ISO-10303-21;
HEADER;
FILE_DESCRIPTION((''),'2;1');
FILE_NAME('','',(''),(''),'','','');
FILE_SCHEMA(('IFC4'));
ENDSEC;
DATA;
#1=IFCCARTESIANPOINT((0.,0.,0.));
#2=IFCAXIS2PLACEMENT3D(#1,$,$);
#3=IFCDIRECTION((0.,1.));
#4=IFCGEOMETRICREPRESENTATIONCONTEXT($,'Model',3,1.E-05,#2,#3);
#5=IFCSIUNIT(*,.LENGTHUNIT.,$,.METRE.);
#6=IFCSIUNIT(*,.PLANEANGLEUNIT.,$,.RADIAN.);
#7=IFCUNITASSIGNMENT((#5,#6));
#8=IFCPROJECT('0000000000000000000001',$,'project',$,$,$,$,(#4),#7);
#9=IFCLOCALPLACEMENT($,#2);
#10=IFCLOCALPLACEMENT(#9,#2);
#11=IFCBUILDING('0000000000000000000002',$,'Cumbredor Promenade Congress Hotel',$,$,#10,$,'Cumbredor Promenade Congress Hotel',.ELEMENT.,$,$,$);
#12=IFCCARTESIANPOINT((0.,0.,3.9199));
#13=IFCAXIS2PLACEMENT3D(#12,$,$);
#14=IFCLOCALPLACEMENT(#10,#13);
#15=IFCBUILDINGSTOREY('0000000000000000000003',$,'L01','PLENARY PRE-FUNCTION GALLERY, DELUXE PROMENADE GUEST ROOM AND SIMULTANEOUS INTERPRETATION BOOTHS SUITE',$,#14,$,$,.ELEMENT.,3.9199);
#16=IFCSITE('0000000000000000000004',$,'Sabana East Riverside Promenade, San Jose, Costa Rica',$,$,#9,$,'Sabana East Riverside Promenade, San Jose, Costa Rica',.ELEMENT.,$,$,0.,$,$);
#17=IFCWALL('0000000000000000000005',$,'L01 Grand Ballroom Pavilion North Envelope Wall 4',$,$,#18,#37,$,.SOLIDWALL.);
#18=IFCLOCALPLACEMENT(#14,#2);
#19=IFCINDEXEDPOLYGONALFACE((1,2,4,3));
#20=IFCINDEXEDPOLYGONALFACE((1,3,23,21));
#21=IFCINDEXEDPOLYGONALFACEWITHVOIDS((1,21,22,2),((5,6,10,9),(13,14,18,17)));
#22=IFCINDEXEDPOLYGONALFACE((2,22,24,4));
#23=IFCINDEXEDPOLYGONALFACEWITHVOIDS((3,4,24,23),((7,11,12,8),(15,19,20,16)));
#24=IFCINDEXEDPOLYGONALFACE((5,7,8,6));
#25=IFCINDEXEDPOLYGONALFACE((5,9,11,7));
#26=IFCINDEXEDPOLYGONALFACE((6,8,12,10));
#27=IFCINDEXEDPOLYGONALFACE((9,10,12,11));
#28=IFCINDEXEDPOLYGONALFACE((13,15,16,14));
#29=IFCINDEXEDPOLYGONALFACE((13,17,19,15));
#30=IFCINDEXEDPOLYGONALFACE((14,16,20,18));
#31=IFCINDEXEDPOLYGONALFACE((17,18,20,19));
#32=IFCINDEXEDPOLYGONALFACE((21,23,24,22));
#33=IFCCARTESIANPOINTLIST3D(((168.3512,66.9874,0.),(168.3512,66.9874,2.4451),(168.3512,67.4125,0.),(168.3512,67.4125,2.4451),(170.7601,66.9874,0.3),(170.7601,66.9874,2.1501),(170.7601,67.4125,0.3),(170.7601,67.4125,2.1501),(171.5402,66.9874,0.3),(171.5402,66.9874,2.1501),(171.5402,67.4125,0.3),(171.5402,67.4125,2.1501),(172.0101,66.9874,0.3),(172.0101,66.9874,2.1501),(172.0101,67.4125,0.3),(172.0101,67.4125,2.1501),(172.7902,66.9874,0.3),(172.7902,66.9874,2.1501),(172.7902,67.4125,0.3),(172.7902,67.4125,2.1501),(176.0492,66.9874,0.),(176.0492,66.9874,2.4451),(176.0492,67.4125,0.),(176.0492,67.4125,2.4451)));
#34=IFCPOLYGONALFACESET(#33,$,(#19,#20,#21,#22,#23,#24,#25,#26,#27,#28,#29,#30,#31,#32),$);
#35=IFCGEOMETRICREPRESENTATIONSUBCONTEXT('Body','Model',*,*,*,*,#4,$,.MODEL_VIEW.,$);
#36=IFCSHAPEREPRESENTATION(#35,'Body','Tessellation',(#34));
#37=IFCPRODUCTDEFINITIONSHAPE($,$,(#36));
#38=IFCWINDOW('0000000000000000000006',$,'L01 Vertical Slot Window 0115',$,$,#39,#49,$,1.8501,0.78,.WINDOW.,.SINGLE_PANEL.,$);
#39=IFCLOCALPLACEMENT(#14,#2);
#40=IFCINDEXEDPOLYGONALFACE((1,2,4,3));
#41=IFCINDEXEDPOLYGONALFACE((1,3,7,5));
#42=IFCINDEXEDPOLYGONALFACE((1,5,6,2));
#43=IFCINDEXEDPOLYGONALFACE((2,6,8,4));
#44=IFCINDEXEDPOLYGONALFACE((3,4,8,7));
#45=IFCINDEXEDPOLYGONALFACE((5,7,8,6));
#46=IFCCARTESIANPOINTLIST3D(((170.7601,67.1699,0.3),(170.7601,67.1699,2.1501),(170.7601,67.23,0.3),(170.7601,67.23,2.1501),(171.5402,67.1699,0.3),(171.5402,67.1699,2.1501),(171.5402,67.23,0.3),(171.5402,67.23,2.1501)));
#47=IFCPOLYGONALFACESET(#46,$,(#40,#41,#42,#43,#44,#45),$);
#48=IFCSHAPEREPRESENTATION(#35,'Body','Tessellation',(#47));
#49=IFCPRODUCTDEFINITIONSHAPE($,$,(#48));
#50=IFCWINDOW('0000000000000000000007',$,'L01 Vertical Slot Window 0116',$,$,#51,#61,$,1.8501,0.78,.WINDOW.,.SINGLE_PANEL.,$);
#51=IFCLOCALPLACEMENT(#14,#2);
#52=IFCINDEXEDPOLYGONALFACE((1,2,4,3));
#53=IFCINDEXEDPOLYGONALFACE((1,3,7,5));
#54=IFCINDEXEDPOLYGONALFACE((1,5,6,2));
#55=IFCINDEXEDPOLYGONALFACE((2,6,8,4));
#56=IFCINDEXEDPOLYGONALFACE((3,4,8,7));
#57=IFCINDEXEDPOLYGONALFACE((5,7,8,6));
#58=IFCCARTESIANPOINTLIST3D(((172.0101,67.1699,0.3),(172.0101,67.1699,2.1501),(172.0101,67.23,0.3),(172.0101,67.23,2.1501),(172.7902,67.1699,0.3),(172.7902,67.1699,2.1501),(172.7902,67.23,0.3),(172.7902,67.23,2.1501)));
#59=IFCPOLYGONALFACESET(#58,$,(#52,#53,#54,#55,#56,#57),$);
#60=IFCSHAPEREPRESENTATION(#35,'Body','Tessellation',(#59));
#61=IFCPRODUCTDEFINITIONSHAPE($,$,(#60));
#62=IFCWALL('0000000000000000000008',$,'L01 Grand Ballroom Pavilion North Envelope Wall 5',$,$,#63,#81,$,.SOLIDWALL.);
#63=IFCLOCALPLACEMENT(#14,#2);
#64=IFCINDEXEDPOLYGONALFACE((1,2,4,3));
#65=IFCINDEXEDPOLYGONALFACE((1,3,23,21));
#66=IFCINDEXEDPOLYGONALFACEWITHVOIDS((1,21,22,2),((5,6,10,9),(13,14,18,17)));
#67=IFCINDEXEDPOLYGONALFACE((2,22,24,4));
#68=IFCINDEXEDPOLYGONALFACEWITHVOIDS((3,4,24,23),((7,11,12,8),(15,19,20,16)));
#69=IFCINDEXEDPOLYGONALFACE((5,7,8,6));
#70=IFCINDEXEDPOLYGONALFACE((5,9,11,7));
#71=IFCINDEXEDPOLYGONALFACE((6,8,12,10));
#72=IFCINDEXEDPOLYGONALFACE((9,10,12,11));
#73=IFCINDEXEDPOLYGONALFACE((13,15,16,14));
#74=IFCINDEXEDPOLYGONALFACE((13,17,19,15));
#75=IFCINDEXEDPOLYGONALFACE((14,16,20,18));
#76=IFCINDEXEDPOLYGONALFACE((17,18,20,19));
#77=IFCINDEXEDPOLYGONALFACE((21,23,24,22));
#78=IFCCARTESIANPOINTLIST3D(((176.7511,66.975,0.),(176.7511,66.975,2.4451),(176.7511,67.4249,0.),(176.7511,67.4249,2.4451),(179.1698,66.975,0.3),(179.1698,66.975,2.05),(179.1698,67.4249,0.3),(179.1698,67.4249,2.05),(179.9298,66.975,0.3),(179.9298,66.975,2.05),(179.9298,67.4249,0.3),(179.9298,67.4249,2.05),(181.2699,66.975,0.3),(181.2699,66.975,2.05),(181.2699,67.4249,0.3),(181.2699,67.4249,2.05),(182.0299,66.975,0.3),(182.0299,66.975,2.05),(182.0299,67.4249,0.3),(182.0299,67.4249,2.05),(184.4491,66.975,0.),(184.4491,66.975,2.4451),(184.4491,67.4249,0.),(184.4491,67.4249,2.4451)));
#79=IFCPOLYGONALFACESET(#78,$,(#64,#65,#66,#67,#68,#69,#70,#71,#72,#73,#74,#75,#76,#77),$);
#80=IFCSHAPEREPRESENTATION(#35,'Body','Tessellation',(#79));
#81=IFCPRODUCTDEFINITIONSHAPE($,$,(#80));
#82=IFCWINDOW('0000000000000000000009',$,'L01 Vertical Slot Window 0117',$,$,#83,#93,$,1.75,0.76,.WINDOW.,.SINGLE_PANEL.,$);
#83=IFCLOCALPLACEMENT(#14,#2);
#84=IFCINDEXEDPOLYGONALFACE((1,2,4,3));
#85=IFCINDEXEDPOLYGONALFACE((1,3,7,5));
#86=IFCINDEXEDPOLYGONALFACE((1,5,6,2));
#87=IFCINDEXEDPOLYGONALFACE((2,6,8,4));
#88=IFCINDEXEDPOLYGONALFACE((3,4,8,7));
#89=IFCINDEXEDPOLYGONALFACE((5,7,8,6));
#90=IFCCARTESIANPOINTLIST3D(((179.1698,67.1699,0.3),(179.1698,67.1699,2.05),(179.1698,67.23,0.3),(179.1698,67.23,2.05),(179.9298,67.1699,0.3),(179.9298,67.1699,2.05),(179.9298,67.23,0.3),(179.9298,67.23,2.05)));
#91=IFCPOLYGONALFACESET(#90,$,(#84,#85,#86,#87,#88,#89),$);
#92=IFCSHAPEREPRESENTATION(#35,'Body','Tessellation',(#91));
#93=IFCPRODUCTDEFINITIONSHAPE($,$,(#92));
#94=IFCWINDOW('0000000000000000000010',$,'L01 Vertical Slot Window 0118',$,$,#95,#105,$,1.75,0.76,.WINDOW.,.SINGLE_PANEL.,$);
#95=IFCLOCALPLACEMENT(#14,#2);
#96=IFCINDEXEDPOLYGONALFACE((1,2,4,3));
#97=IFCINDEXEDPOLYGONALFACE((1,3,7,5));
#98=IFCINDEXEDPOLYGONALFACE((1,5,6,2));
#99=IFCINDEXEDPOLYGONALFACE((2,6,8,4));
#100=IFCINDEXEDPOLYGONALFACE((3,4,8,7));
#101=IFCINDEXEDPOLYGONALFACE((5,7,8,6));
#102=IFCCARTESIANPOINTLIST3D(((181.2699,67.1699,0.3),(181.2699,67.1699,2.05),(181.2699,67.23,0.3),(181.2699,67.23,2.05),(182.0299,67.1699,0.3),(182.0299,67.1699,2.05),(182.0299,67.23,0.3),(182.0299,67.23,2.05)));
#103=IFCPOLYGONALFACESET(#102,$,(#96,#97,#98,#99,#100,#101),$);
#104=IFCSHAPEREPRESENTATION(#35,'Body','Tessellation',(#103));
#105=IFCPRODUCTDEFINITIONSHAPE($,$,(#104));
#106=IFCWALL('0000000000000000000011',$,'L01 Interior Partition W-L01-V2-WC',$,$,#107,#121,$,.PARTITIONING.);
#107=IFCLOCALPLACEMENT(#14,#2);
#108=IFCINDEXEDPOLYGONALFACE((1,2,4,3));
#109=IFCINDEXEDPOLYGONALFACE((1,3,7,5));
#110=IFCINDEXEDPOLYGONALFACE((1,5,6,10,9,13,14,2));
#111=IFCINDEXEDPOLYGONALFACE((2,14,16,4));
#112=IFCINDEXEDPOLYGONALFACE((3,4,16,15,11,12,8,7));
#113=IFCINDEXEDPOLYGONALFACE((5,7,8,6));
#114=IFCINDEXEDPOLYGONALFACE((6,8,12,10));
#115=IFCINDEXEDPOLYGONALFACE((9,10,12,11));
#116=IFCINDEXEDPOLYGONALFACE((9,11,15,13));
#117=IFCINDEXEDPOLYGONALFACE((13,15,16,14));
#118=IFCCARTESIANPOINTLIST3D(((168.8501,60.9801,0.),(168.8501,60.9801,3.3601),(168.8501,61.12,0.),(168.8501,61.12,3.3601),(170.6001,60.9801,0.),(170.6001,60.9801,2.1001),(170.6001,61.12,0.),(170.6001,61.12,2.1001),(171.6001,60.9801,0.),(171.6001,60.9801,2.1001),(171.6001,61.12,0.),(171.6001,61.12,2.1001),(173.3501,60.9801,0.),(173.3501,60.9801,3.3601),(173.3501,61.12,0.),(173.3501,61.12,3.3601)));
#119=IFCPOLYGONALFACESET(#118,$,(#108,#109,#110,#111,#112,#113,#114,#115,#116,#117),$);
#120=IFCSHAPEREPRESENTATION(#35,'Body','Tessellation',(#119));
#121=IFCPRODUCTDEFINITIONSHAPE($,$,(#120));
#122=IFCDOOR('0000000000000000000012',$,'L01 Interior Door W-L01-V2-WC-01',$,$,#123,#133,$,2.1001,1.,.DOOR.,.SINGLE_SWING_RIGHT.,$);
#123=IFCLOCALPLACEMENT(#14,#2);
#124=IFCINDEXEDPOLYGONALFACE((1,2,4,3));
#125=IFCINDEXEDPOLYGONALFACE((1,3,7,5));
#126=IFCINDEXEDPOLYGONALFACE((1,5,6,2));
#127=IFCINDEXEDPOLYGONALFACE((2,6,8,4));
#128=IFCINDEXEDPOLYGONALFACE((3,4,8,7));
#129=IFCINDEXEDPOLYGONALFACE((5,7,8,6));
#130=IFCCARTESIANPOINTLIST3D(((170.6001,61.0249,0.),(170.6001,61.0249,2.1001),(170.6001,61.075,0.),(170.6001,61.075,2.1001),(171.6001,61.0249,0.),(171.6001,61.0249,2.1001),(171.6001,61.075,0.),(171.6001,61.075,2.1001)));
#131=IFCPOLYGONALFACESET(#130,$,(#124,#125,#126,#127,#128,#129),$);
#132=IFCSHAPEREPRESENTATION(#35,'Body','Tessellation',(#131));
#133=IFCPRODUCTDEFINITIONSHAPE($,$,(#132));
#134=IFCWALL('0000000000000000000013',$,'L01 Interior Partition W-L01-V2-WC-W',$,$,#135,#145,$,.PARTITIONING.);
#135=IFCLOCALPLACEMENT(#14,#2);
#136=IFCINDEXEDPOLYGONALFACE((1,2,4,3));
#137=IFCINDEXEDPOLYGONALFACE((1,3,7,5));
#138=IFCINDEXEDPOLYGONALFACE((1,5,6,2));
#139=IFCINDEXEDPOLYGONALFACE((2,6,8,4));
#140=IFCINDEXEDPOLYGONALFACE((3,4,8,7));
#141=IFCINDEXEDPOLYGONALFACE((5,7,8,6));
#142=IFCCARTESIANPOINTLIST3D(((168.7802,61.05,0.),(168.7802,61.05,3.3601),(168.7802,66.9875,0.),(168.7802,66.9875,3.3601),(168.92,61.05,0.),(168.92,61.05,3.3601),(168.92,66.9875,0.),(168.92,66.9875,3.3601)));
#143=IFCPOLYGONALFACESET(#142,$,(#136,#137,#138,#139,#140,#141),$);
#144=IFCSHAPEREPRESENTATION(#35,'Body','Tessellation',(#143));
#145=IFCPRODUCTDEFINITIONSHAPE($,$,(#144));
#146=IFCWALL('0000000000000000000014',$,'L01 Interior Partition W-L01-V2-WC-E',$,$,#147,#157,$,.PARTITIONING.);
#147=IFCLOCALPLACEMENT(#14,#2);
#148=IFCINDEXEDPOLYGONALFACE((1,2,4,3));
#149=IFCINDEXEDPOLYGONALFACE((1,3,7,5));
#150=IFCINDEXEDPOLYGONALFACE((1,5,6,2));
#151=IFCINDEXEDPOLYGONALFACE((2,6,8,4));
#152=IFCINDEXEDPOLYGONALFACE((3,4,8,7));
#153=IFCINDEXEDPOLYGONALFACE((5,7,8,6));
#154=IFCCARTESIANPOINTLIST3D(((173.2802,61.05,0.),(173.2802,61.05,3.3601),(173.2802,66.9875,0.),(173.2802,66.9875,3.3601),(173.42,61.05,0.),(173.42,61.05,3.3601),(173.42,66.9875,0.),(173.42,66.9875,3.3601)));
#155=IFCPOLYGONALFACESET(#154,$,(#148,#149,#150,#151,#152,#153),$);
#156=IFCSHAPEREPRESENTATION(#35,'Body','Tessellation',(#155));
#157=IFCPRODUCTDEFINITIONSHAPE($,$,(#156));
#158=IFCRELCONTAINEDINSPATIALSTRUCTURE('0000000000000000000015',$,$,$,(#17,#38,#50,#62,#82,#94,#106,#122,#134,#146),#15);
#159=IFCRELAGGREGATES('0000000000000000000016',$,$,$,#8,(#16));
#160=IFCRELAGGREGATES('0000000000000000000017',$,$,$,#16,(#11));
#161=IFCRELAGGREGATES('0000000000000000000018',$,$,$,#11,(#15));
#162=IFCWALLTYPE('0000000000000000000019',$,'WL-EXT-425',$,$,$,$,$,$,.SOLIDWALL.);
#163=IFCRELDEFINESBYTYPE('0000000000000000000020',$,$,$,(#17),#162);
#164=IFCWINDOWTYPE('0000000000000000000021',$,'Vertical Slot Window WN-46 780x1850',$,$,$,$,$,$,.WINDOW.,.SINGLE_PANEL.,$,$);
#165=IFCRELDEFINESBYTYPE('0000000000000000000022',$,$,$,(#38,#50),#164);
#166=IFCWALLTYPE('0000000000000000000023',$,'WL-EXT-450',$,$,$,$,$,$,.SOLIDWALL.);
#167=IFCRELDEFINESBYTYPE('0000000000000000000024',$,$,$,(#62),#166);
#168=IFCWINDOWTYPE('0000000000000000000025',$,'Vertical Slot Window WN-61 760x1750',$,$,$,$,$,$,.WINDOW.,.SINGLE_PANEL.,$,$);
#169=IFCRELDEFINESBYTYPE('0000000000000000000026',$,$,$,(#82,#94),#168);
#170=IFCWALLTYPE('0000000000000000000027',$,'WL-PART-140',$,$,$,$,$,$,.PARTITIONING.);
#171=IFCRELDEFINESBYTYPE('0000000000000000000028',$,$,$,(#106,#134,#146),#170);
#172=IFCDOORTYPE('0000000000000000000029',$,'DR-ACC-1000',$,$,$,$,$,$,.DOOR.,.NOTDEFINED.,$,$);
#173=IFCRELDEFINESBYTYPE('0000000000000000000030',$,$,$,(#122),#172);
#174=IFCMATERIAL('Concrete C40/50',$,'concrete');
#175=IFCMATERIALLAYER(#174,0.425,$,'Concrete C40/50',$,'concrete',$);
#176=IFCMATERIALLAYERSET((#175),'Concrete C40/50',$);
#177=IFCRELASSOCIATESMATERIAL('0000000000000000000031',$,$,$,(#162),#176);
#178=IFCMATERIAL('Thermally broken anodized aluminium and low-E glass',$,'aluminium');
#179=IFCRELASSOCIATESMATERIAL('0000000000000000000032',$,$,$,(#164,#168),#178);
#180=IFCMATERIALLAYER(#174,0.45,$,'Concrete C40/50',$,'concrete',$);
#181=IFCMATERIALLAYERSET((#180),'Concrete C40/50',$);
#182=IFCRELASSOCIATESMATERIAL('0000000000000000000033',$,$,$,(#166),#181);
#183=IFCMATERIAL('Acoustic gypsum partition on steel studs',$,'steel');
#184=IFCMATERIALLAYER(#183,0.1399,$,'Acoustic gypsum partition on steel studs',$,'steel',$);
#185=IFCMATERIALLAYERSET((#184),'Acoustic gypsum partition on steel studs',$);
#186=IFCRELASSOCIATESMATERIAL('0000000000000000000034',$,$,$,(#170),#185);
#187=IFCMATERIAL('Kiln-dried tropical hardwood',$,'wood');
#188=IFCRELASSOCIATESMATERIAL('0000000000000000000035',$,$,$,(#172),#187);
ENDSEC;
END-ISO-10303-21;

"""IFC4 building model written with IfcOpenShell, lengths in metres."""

from ifc_helpers import new_model, si_unit, direction, frame, frame_2d, origin, place, context, subcontext, project, spatial, rectangle, extrude, material, layer, layer_set, type_object, element, fill, save


model = new_model("IFC4")

# Units and contexts
model_context = context("Model", 3, precision=1e-05, world=origin(), true_north=direction((0.0, 1.0)))
body_context = subcontext(model_context, "Body", "Model", "MODEL_VIEW")
ifc_project = project(units=[si_unit("LENGTHUNIT", "METRE"), si_unit("PLANEANGLEUNIT", "RADIAN")], contexts=[model_context])

# Site, building, storey
site_placement = place(None, origin())
site = spatial("IfcSite", under=ifc_project, at=site_placement, Name="Sabana East Riverside Promenade, San Jose, Costa Rica", LongName="Sabana East Riverside Promenade, San Jose, Costa Rica", CompositionType="ELEMENT", RefElevation=0.0)
building_placement = place(site_placement, origin())
building = spatial("IfcBuilding", under=site, at=building_placement, Name="Cumbredor Promenade Congress Hotel", LongName="Cumbredor Promenade Congress Hotel", CompositionType="ELEMENT")
storey_placement = place(building_placement, frame((0.0, 0.0, 3.9199)))
storey = spatial("IfcBuildingStorey", under=building, at=storey_placement, Name="L01", Description="PLENARY PRE-FUNCTION GALLERY, DELUXE PROMENADE GUEST ROOM AND SIMULTANEOUS INTERPRETATION BOOTHS SUITE", CompositionType="ELEMENT", Elevation=3.9199)

# Shared definitions
ifc_material_1 = material(Name="Concrete C40/50", Category="concrete")

# Shared definitions
ifc_material_2 = material(Name="Thermally broken anodized aluminium and low-E glass", Category="aluminium")

# Walls, openings, windows
ifc_layer_1 = layer(ifc_material_1, 0.425, Name="Concrete C40/50", Category="concrete")
ifc_layer_set_1 = layer_set([ifc_layer_1], Name="Concrete C40/50")
wall_type_1 = type_object("IfcWallType", Name="WL-EXT-425", PredefinedType="SOLIDWALL", material=ifc_layer_set_1)
wall_1_placement = place(storey_placement, frame((168.3511, 67.2, 0.0), z_axis=(0.0, 0.0, 1.0), x_axis=(1.0, 0.0, 0.0)))
wall_1 = element("IfcWall", 1, at=wall_1_placement, inside=storey, type_object=wall_type_1, Name="L01 Grand Ballroom Pavilion North Envelope Wall 4", PredefinedType="SOLIDWALL", context=body_context, shape_type="SweptSolid", body=[
    extrude(rectangle(XDim=7.698, YDim=0.425, at=frame_2d((3.8491, 0.0))), origin(), (0.0, 0.0, 1.0), 2.4451),
])
opening_1_placement = place(wall_1_placement, frame((2.4089, 0.0, 0.3)))
opening_1 = element("IfcOpeningElement", 2, at=opening_1_placement, cuts=wall_1, PredefinedType="OPENING", context=body_context, shape_type="SweptSolid", body=[
    extrude(rectangle(XDim=0.78, YDim=1.8501, at=frame_2d((0.3901, 0.925))), frame((0.0, 0.2227, 0.0), z_axis=(0.0, -1.0, 0.0), x_axis=(1.0, 0.0, 0.0)), (0.0, 0.0, 1.0), 0.4451),
])
opening_2_placement = place(wall_1_placement, frame((3.6589, 0.0, 0.3)))
opening_2 = element("IfcOpeningElement", 3, at=opening_2_placement, cuts=wall_1, PredefinedType="OPENING", context=body_context, shape_type="SweptSolid", body=[
    extrude(rectangle(XDim=0.78, YDim=1.8501, at=frame_2d((0.3901, 0.925))), frame((0.0, 0.2227, 0.0), z_axis=(0.0, -1.0, 0.0), x_axis=(1.0, 0.0, 0.0)), (0.0, 0.0, 1.0), 0.4451),
])
window_type_1 = type_object("IfcWindowType", Name="Vertical Slot Window WN-46 780x1850", PartitioningType="SINGLE_PANEL", PredefinedType="WINDOW", material=ifc_material_2)
window_1_placement = place(opening_1_placement, origin())
window_1 = element("IfcWindow", 4, at=window_1_placement, inside=storey, type_object=window_type_1, Name="L01 Vertical Slot Window 0115", OverallHeight=1.8501, OverallWidth=0.78, PartitioningType="SINGLE_PANEL", PredefinedType="WINDOW", context=body_context, shape_type="SweptSolid", body=[
    extrude(rectangle(XDim=0.78, YDim=1.8501, at=frame_2d((0.3901, 0.925))), frame((0.0, 0.03, 0.0), z_axis=(0.0, -1.0, 0.0), x_axis=(1.0, 0.0, 0.0)), (0.0, 0.0, 1.0), 0.0601),
])
fill(opening_1, window_1)
window_2_placement = place(opening_2_placement, origin())
window_2 = element("IfcWindow", 5, at=window_2_placement, inside=storey, type_object=window_type_1, Name="L01 Vertical Slot Window 0116", OverallHeight=1.8501, OverallWidth=0.78, PartitioningType="SINGLE_PANEL", PredefinedType="WINDOW", context=body_context, shape_type="SweptSolid", body=[
    extrude(rectangle(XDim=0.78, YDim=1.8501, at=frame_2d((0.3901, 0.925))), frame((0.0, 0.03, 0.0), z_axis=(0.0, -1.0, 0.0), x_axis=(1.0, 0.0, 0.0)), (0.0, 0.0, 1.0), 0.0601),
])
fill(opening_2, window_2)
ifc_layer_2 = layer(ifc_material_1, 0.45, Name="Concrete C40/50", Category="concrete")
ifc_layer_set_2 = layer_set([ifc_layer_2], Name="Concrete C40/50")
wall_type_2 = type_object("IfcWallType", Name="WL-EXT-450", PredefinedType="SOLIDWALL", material=ifc_layer_set_2)
wall_2_placement = place(storey_placement, frame((176.751, 67.2, 0.0), z_axis=(0.0, 0.0, 1.0), x_axis=(1.0, 0.0, 0.0)))
wall_2 = element("IfcWall", 6, at=wall_2_placement, inside=storey, type_object=wall_type_2, Name="L01 Grand Ballroom Pavilion North Envelope Wall 5", PredefinedType="SOLIDWALL", context=body_context, shape_type="SweptSolid", body=[
    extrude(rectangle(XDim=7.698, YDim=0.45, at=frame_2d((3.8491, 0.0))), origin(), (0.0, 0.0, 1.0), 2.4451),
])
opening_3_placement = place(wall_2_placement, frame((2.4189, 0.0, 0.3)))
opening_3 = element("IfcOpeningElement", 7, at=opening_3_placement, cuts=wall_2, PredefinedType="OPENING", context=body_context, shape_type="SweptSolid", body=[
    extrude(rectangle(XDim=0.76, YDim=1.75, at=frame_2d((0.3799, 0.875))), frame((0.0, 0.2349, 0.0), z_axis=(0.0, -1.0, 0.0), x_axis=(1.0, 0.0, 0.0)), (0.0, 0.0, 1.0), 0.47),
])
opening_4_placement = place(wall_2_placement, frame((4.519, 0.0, 0.3)))
opening_4 = element("IfcOpeningElement", 8, at=opening_4_placement, cuts=wall_2, PredefinedType="OPENING", context=body_context, shape_type="SweptSolid", body=[
    extrude(rectangle(XDim=0.76, YDim=1.75, at=frame_2d((0.3799, 0.875))), frame((0.0, 0.2349, 0.0), z_axis=(0.0, -1.0, 0.0), x_axis=(1.0, 0.0, 0.0)), (0.0, 0.0, 1.0), 0.47),
])
window_type_2 = type_object("IfcWindowType", Name="Vertical Slot Window WN-61 760x1750", PartitioningType="SINGLE_PANEL", PredefinedType="WINDOW", material=ifc_material_2)
window_3_placement = place(opening_3_placement, origin())
window_3 = element("IfcWindow", 9, at=window_3_placement, inside=storey, type_object=window_type_2, Name="L01 Vertical Slot Window 0117", OverallHeight=1.75, OverallWidth=0.76, PartitioningType="SINGLE_PANEL", PredefinedType="WINDOW", context=body_context, shape_type="SweptSolid", body=[
    extrude(rectangle(XDim=0.76, YDim=1.75, at=frame_2d((0.3799, 0.875))), frame((0.0, 0.03, 0.0), z_axis=(0.0, -1.0, 0.0), x_axis=(1.0, 0.0, 0.0)), (0.0, 0.0, 1.0), 0.0601),
])
fill(opening_3, window_3)
window_4_placement = place(opening_4_placement, origin())
window_4 = element("IfcWindow", 10, at=window_4_placement, inside=storey, type_object=window_type_2, Name="L01 Vertical Slot Window 0118", OverallHeight=1.75, OverallWidth=0.76, PartitioningType="SINGLE_PANEL", PredefinedType="WINDOW", context=body_context, shape_type="SweptSolid", body=[
    extrude(rectangle(XDim=0.76, YDim=1.75, at=frame_2d((0.3799, 0.875))), frame((0.0, 0.03, 0.0), z_axis=(0.0, -1.0, 0.0), x_axis=(1.0, 0.0, 0.0)), (0.0, 0.0, 1.0), 0.0601),
])
fill(opening_4, window_4)

# Wall, opening, door
ifc_material_3 = material(Name="Acoustic gypsum partition on steel studs", Category="steel")
ifc_layer_3 = layer(ifc_material_3, 0.1399, Name="Acoustic gypsum partition on steel studs", Category="steel")
ifc_layer_set_3 = layer_set([ifc_layer_3], Name="Acoustic gypsum partition on steel studs")
wall_type_3 = type_object("IfcWallType", Name="WL-PART-140", PredefinedType="PARTITIONING", material=ifc_layer_set_3)
wall_3_placement = place(storey_placement, frame((168.8501, 61.05, 0.0), z_axis=(0.0, 0.0, 1.0), x_axis=(1.0, 0.0, 0.0)))
wall_3 = element("IfcWall", 11, at=wall_3_placement, inside=storey, type_object=wall_type_3, Name="L01 Interior Partition W-L01-V2-WC", PredefinedType="PARTITIONING", context=body_context, shape_type="SweptSolid", body=[
    extrude(rectangle(XDim=4.5, YDim=0.1399, at=frame_2d((2.25, 0.0))), origin(), (0.0, 0.0, 1.0), 3.3601),
])
opening_5_placement = place(wall_3_placement, frame((1.75, 0.0, 0.0)))
opening_5 = element("IfcOpeningElement", 12, at=opening_5_placement, cuts=wall_3, PredefinedType="OPENING", context=body_context, shape_type="SweptSolid", body=[
    extrude(rectangle(XDim=1.0, YDim=2.1001, at=frame_2d((0.5, 1.05))), frame((0.0, 0.0801, 0.0), z_axis=(0.0, -1.0, 0.0), x_axis=(1.0, 0.0, 0.0)), (0.0, 0.0, 1.0), 0.1599),
])
ifc_material_4 = material(Name="Kiln-dried tropical hardwood", Category="wood")
door_type_1 = type_object("IfcDoorType", Name="DR-ACC-1000", OperationType="NOTDEFINED", PredefinedType="DOOR", material=ifc_material_4)
door_1_placement = place(opening_5_placement, origin())
door_1 = element("IfcDoor", 13, at=door_1_placement, inside=storey, type_object=door_type_1, Name="L01 Interior Door W-L01-V2-WC-01", OperationType="SINGLE_SWING_RIGHT", OverallHeight=2.1001, OverallWidth=1.0, PredefinedType="DOOR", context=body_context, shape_type="SweptSolid", body=[
    extrude(rectangle(XDim=1.0, YDim=2.1001, at=frame_2d((0.5, 1.05))), frame((0.0, 0.0249, 0.0), z_axis=(0.0, -1.0, 0.0), x_axis=(1.0, 0.0, 0.0)), (0.0, 0.0, 1.0), 0.05),
])
fill(opening_5, door_1)

# Walls
for number, where, z_axis, x_axis, name in (
    (14, (168.8501, 61.05, 0.0), (0.0, 0.0, 1.0), (0.0, 1.0, 0.0), "L01 Interior Partition W-L01-V2-WC-W"),
    (15, (173.3501, 61.05, 0.0), (0.0, 0.0, 1.0), (0.0, 1.0, 0.0), "L01 Interior Partition W-L01-V2-WC-E"),
):
    element("IfcWall", number, at=place(storey_placement, frame(where, z_axis=z_axis, x_axis=x_axis)), inside=storey, type_object=wall_type_3, Name=name, PredefinedType="PARTITIONING", context=body_context, shape_type="SweptSolid", body=[
        extrude(rectangle(XDim=5.9375, YDim=0.1399, at=frame_2d((2.9688, 0.0))), origin(), (0.0, 0.0, 1.0), 3.3601),
    ])

save(model, "model.ifc")
